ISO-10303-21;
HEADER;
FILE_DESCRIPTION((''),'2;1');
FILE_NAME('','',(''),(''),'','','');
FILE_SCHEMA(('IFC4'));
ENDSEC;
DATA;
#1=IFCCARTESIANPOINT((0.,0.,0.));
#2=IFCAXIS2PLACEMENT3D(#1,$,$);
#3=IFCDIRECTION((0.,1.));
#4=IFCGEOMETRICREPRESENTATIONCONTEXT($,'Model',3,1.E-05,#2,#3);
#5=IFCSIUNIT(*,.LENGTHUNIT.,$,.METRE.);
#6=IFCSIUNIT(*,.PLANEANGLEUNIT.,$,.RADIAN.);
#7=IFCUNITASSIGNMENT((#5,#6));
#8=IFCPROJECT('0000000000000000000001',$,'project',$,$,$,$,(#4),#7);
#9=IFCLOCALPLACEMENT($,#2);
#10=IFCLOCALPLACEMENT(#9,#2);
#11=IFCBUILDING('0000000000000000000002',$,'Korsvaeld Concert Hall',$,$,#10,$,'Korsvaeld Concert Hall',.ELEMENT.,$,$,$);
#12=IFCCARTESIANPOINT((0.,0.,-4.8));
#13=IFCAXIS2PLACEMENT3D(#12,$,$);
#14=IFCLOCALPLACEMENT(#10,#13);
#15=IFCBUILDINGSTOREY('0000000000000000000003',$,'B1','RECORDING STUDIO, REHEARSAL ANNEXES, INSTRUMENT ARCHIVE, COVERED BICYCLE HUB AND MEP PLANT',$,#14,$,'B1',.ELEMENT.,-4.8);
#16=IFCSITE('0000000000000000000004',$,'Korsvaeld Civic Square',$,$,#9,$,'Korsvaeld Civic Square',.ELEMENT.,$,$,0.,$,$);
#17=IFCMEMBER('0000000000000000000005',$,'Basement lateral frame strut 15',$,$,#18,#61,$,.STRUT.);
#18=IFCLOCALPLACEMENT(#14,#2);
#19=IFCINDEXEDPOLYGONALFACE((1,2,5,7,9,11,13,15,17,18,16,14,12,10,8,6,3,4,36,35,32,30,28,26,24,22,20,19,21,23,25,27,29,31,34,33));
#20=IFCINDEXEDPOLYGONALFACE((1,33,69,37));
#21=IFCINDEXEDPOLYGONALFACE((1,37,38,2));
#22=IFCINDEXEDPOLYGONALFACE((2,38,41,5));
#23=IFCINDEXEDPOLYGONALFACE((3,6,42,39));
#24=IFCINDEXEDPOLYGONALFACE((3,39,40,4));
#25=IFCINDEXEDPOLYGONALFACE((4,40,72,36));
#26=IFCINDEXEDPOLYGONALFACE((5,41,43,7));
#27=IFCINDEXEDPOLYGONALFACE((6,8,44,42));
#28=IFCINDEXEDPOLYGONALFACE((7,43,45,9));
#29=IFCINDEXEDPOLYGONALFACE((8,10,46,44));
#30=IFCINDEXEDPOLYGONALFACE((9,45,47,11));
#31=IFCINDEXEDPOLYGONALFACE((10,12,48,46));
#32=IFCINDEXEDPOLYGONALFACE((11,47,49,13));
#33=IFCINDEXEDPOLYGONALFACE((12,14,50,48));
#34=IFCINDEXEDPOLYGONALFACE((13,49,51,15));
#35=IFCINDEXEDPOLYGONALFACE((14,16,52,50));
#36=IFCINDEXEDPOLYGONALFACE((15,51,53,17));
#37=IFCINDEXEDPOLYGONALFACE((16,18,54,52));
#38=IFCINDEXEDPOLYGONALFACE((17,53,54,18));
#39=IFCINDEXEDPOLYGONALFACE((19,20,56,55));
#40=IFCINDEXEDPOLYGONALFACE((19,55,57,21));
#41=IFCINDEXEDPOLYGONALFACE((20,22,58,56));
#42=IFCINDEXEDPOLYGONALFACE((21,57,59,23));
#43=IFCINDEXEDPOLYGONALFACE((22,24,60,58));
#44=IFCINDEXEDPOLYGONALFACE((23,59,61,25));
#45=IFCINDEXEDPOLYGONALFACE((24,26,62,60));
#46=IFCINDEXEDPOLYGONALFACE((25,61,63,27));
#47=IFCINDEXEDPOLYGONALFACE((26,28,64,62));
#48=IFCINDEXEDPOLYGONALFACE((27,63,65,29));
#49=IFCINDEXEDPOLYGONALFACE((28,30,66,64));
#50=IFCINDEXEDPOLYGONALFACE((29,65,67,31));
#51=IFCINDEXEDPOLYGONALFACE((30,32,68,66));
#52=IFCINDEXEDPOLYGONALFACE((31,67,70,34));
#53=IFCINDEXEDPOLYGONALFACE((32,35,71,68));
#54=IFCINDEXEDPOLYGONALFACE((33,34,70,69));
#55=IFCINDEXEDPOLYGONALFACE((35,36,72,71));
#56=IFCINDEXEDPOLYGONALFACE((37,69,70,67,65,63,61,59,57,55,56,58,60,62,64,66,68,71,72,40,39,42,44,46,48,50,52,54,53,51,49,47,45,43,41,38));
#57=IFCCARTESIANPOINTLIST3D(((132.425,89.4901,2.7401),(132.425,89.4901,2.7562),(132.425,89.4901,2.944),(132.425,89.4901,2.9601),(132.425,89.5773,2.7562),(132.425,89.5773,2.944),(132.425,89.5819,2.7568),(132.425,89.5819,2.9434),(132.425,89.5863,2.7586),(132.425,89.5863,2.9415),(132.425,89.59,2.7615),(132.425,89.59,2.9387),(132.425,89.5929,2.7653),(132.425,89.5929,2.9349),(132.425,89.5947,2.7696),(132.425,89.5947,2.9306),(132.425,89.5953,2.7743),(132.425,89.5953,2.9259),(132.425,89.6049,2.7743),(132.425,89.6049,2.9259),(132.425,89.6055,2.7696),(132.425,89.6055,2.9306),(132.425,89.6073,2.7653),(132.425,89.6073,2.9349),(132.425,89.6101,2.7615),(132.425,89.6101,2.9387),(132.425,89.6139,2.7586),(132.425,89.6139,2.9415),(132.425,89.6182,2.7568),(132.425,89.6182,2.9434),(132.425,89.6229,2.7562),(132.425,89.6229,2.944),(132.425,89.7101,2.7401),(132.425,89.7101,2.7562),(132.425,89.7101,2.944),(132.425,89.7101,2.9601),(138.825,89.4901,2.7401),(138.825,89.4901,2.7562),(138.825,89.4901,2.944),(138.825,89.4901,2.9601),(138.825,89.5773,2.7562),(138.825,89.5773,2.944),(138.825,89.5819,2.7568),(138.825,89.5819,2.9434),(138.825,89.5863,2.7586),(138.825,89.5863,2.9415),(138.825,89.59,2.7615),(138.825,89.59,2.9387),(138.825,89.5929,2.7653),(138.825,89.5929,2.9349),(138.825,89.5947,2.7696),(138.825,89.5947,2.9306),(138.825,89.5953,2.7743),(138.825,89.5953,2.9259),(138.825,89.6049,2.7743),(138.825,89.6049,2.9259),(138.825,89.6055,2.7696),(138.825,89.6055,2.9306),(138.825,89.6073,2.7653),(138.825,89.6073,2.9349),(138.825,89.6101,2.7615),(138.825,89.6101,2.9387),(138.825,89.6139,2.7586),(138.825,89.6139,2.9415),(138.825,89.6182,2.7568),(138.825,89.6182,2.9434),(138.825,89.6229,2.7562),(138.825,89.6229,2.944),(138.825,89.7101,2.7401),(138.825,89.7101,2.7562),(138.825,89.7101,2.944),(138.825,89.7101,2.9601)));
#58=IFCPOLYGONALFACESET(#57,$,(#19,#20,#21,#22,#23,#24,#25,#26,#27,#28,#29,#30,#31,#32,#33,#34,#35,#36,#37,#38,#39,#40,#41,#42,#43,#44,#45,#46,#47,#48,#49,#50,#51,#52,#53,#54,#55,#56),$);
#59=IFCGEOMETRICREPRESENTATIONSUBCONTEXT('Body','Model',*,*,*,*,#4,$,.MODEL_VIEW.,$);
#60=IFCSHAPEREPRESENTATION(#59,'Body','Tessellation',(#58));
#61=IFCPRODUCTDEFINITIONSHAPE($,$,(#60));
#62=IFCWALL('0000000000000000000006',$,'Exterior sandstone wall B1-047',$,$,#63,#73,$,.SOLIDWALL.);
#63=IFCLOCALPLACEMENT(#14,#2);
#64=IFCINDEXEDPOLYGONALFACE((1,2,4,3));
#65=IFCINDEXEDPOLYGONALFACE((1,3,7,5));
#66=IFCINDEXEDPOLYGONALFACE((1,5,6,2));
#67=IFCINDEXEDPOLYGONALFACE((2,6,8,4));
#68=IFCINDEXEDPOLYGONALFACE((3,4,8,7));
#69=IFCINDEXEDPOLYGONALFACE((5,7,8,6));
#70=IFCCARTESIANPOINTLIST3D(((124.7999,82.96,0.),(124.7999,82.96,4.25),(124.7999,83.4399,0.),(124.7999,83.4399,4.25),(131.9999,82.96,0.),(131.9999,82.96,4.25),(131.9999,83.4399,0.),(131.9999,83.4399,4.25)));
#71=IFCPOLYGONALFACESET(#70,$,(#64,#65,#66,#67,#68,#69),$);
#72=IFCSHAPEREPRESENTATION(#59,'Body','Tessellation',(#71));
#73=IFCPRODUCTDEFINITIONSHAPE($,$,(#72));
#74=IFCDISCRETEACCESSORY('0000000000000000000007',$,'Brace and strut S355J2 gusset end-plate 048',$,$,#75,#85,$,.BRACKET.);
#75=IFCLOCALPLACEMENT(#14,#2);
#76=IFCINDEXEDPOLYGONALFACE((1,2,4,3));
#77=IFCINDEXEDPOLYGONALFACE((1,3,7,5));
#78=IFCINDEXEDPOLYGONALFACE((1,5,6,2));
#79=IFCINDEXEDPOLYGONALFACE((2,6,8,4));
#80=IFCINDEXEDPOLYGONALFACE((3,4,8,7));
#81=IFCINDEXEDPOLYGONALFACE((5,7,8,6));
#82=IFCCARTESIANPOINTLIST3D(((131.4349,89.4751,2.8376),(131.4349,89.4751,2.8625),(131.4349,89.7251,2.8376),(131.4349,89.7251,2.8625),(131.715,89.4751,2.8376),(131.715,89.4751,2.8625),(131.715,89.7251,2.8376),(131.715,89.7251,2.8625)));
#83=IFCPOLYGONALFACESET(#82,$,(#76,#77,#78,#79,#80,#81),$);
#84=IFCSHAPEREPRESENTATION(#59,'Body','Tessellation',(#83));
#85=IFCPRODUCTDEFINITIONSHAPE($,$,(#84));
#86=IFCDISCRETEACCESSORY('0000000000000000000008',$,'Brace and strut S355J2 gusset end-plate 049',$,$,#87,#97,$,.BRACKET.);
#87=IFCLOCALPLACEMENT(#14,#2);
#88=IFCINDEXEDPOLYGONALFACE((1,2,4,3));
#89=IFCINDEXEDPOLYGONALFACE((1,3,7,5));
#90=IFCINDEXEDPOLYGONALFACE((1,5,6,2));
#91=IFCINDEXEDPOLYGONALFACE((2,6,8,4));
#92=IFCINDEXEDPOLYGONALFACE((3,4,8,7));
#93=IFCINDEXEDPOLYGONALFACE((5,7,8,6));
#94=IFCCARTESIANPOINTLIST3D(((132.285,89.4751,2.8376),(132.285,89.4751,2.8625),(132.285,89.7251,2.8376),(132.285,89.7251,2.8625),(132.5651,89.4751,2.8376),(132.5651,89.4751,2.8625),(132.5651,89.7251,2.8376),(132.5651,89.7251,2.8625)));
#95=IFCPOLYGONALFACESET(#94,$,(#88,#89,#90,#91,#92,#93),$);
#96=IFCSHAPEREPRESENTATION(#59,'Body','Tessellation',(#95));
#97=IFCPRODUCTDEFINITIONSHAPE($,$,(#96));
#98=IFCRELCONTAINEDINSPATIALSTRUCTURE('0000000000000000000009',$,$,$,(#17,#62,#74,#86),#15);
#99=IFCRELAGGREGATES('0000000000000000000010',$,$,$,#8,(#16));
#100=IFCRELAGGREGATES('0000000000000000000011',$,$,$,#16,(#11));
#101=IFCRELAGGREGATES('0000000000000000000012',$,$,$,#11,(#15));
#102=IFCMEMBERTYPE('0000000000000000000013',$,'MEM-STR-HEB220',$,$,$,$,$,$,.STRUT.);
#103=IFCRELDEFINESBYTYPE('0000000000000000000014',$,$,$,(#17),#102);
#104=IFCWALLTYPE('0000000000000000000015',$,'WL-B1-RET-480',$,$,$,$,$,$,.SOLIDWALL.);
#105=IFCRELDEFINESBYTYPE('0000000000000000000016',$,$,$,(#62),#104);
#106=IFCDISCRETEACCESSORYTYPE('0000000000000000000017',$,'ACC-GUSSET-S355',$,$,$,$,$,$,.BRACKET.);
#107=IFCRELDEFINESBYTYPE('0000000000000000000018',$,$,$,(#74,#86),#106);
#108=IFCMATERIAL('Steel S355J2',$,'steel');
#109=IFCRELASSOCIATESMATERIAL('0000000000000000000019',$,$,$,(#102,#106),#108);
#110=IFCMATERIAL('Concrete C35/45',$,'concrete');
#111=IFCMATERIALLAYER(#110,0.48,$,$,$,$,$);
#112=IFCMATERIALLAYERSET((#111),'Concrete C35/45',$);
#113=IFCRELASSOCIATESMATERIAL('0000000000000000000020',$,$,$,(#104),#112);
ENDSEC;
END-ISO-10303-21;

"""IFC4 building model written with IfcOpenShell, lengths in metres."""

from ifc_helpers import new_model, si_unit, direction, frame, frame_2d, origin, origin_2d, place, context, subcontext, project, spatial, rectangle, i_section, extrude, material, layer, layer_set, material_profile, profile_set, type_object, element, save


model = new_model("IFC4")

# Units and contexts
model_context = context("Model", 3, precision=1e-05, world=origin(), true_north=direction((0.0, 1.0)))
body_context = subcontext(model_context, "Body", "Model", "MODEL_VIEW")
ifc_project = project(units=[si_unit("LENGTHUNIT", "METRE"), si_unit("PLANEANGLEUNIT", "RADIAN")], contexts=[model_context])

# Site, building, storey
site_placement = place(None, origin())
site = spatial("IfcSite", under=ifc_project, at=site_placement, Name="Korsvaeld Civic Square", LongName="Korsvaeld Civic Square", CompositionType="ELEMENT", RefElevation=0.0)
building_placement = place(site_placement, origin())
building = spatial("IfcBuilding", under=site, at=building_placement, Name="Korsvaeld Concert Hall", LongName="Korsvaeld Concert Hall", CompositionType="ELEMENT")
storey_placement = place(building_placement, frame((0.0, 0.0, -4.8)))
storey = spatial("IfcBuildingStorey", under=building, at=storey_placement, Name="B1", Description="RECORDING STUDIO, REHEARSAL ANNEXES, INSTRUMENT ARCHIVE, COVERED BICYCLE HUB AND MEP PLANT", LongName="B1", CompositionType="ELEMENT", Elevation=-4.8)

# Shared definitions
ifc_material_1 = material(Name="Concrete C35/45", Category="concrete")

# Shared definitions
ifc_material_2 = material(Name="Steel S355J2", Category="steel")

# Member
ifc_material_profile_1 = material_profile(ifc_material_2, i_section(OverallWidth=0.22, OverallDepth=0.22, WebThickness=0.0095, FlangeThickness=0.0161, FilletRadius=0.0181, at=origin_2d()), Name="HEB 220")
ifc_profile_set_1 = profile_set([ifc_material_profile_1], Name="Steel S355J2")
member_type = type_object("IfcMemberType", Name="MEM-STR-HEB220", PredefinedType="STRUT", material=ifc_profile_set_1)
member_placement = place(storey_placement, frame((132.425, 89.6001, 2.8501), z_axis=(1.0, 0.0, 0.0), x_axis=(0.0, 1.0, 0.0)))
element("IfcMember", 1, at=member_placement, inside=storey, type_object=member_type, Name="Basement lateral frame strut 15", PredefinedType="STRUT", context=body_context, shape_type="SweptSolid", body=[
    extrude(i_section(OverallWidth=0.22, OverallDepth=0.22, WebThickness=0.0095, FlangeThickness=0.0161, FilletRadius=0.0181, at=origin_2d()), origin(), (0.0, 0.0, 1.0), 6.3999),
])

# Wall
ifc_layer = layer(ifc_material_1, 0.48)
ifc_layer_set = layer_set([ifc_layer], Name="Concrete C35/45")
wall_type = type_object("IfcWallType", Name="WL-B1-RET-480", PredefinedType="SOLIDWALL", material=ifc_layer_set)
wall_placement = place(storey_placement, frame((132.0, 83.2, 0.0), z_axis=(0.0, 0.0, 1.0), x_axis=(-1.0, 0.0, 0.0)))
element("IfcWall", 2, at=wall_placement, inside=storey, type_object=wall_type, Name="Exterior sandstone wall B1-047", PredefinedType="SOLIDWALL", context=body_context, shape_type="SweptSolid", body=[
    extrude(rectangle(XDim=7.2, YDim=0.48, at=frame_2d((3.6001, 0.0))), origin(), (0.0, 0.0, 1.0), 4.25),
])

# Discrete accessories
discrete_accessory_type = type_object("IfcDiscreteAccessoryType", Name="ACC-GUSSET-S355", PredefinedType="BRACKET", material=ifc_material_2)
for number, where, z_axis, x_axis, name in (
    (3, (131.575, 89.6001, 2.8376), (0.0, 0.0, 1.0), (1.0, 0.0, 0.0), "Brace and strut S355J2 gusset end-plate 048"),
    (4, (132.425, 89.6001, 2.8376), (0.0, 0.0, 1.0), (1.0, 0.0, 0.0), "Brace and strut S355J2 gusset end-plate 049"),
):
    element("IfcDiscreteAccessory", number, at=place(storey_placement, frame(where, z_axis=z_axis, x_axis=x_axis)), inside=storey, type_object=discrete_accessory_type, Name=name, PredefinedType="BRACKET", context=body_context, shape_type="SweptSolid", body=[
        extrude(rectangle(XDim=0.28, YDim=0.25, at=origin_2d()), origin(), (0.0, 0.0, 1.0), 0.0249),
    ])

save(model, "model.ifc")
